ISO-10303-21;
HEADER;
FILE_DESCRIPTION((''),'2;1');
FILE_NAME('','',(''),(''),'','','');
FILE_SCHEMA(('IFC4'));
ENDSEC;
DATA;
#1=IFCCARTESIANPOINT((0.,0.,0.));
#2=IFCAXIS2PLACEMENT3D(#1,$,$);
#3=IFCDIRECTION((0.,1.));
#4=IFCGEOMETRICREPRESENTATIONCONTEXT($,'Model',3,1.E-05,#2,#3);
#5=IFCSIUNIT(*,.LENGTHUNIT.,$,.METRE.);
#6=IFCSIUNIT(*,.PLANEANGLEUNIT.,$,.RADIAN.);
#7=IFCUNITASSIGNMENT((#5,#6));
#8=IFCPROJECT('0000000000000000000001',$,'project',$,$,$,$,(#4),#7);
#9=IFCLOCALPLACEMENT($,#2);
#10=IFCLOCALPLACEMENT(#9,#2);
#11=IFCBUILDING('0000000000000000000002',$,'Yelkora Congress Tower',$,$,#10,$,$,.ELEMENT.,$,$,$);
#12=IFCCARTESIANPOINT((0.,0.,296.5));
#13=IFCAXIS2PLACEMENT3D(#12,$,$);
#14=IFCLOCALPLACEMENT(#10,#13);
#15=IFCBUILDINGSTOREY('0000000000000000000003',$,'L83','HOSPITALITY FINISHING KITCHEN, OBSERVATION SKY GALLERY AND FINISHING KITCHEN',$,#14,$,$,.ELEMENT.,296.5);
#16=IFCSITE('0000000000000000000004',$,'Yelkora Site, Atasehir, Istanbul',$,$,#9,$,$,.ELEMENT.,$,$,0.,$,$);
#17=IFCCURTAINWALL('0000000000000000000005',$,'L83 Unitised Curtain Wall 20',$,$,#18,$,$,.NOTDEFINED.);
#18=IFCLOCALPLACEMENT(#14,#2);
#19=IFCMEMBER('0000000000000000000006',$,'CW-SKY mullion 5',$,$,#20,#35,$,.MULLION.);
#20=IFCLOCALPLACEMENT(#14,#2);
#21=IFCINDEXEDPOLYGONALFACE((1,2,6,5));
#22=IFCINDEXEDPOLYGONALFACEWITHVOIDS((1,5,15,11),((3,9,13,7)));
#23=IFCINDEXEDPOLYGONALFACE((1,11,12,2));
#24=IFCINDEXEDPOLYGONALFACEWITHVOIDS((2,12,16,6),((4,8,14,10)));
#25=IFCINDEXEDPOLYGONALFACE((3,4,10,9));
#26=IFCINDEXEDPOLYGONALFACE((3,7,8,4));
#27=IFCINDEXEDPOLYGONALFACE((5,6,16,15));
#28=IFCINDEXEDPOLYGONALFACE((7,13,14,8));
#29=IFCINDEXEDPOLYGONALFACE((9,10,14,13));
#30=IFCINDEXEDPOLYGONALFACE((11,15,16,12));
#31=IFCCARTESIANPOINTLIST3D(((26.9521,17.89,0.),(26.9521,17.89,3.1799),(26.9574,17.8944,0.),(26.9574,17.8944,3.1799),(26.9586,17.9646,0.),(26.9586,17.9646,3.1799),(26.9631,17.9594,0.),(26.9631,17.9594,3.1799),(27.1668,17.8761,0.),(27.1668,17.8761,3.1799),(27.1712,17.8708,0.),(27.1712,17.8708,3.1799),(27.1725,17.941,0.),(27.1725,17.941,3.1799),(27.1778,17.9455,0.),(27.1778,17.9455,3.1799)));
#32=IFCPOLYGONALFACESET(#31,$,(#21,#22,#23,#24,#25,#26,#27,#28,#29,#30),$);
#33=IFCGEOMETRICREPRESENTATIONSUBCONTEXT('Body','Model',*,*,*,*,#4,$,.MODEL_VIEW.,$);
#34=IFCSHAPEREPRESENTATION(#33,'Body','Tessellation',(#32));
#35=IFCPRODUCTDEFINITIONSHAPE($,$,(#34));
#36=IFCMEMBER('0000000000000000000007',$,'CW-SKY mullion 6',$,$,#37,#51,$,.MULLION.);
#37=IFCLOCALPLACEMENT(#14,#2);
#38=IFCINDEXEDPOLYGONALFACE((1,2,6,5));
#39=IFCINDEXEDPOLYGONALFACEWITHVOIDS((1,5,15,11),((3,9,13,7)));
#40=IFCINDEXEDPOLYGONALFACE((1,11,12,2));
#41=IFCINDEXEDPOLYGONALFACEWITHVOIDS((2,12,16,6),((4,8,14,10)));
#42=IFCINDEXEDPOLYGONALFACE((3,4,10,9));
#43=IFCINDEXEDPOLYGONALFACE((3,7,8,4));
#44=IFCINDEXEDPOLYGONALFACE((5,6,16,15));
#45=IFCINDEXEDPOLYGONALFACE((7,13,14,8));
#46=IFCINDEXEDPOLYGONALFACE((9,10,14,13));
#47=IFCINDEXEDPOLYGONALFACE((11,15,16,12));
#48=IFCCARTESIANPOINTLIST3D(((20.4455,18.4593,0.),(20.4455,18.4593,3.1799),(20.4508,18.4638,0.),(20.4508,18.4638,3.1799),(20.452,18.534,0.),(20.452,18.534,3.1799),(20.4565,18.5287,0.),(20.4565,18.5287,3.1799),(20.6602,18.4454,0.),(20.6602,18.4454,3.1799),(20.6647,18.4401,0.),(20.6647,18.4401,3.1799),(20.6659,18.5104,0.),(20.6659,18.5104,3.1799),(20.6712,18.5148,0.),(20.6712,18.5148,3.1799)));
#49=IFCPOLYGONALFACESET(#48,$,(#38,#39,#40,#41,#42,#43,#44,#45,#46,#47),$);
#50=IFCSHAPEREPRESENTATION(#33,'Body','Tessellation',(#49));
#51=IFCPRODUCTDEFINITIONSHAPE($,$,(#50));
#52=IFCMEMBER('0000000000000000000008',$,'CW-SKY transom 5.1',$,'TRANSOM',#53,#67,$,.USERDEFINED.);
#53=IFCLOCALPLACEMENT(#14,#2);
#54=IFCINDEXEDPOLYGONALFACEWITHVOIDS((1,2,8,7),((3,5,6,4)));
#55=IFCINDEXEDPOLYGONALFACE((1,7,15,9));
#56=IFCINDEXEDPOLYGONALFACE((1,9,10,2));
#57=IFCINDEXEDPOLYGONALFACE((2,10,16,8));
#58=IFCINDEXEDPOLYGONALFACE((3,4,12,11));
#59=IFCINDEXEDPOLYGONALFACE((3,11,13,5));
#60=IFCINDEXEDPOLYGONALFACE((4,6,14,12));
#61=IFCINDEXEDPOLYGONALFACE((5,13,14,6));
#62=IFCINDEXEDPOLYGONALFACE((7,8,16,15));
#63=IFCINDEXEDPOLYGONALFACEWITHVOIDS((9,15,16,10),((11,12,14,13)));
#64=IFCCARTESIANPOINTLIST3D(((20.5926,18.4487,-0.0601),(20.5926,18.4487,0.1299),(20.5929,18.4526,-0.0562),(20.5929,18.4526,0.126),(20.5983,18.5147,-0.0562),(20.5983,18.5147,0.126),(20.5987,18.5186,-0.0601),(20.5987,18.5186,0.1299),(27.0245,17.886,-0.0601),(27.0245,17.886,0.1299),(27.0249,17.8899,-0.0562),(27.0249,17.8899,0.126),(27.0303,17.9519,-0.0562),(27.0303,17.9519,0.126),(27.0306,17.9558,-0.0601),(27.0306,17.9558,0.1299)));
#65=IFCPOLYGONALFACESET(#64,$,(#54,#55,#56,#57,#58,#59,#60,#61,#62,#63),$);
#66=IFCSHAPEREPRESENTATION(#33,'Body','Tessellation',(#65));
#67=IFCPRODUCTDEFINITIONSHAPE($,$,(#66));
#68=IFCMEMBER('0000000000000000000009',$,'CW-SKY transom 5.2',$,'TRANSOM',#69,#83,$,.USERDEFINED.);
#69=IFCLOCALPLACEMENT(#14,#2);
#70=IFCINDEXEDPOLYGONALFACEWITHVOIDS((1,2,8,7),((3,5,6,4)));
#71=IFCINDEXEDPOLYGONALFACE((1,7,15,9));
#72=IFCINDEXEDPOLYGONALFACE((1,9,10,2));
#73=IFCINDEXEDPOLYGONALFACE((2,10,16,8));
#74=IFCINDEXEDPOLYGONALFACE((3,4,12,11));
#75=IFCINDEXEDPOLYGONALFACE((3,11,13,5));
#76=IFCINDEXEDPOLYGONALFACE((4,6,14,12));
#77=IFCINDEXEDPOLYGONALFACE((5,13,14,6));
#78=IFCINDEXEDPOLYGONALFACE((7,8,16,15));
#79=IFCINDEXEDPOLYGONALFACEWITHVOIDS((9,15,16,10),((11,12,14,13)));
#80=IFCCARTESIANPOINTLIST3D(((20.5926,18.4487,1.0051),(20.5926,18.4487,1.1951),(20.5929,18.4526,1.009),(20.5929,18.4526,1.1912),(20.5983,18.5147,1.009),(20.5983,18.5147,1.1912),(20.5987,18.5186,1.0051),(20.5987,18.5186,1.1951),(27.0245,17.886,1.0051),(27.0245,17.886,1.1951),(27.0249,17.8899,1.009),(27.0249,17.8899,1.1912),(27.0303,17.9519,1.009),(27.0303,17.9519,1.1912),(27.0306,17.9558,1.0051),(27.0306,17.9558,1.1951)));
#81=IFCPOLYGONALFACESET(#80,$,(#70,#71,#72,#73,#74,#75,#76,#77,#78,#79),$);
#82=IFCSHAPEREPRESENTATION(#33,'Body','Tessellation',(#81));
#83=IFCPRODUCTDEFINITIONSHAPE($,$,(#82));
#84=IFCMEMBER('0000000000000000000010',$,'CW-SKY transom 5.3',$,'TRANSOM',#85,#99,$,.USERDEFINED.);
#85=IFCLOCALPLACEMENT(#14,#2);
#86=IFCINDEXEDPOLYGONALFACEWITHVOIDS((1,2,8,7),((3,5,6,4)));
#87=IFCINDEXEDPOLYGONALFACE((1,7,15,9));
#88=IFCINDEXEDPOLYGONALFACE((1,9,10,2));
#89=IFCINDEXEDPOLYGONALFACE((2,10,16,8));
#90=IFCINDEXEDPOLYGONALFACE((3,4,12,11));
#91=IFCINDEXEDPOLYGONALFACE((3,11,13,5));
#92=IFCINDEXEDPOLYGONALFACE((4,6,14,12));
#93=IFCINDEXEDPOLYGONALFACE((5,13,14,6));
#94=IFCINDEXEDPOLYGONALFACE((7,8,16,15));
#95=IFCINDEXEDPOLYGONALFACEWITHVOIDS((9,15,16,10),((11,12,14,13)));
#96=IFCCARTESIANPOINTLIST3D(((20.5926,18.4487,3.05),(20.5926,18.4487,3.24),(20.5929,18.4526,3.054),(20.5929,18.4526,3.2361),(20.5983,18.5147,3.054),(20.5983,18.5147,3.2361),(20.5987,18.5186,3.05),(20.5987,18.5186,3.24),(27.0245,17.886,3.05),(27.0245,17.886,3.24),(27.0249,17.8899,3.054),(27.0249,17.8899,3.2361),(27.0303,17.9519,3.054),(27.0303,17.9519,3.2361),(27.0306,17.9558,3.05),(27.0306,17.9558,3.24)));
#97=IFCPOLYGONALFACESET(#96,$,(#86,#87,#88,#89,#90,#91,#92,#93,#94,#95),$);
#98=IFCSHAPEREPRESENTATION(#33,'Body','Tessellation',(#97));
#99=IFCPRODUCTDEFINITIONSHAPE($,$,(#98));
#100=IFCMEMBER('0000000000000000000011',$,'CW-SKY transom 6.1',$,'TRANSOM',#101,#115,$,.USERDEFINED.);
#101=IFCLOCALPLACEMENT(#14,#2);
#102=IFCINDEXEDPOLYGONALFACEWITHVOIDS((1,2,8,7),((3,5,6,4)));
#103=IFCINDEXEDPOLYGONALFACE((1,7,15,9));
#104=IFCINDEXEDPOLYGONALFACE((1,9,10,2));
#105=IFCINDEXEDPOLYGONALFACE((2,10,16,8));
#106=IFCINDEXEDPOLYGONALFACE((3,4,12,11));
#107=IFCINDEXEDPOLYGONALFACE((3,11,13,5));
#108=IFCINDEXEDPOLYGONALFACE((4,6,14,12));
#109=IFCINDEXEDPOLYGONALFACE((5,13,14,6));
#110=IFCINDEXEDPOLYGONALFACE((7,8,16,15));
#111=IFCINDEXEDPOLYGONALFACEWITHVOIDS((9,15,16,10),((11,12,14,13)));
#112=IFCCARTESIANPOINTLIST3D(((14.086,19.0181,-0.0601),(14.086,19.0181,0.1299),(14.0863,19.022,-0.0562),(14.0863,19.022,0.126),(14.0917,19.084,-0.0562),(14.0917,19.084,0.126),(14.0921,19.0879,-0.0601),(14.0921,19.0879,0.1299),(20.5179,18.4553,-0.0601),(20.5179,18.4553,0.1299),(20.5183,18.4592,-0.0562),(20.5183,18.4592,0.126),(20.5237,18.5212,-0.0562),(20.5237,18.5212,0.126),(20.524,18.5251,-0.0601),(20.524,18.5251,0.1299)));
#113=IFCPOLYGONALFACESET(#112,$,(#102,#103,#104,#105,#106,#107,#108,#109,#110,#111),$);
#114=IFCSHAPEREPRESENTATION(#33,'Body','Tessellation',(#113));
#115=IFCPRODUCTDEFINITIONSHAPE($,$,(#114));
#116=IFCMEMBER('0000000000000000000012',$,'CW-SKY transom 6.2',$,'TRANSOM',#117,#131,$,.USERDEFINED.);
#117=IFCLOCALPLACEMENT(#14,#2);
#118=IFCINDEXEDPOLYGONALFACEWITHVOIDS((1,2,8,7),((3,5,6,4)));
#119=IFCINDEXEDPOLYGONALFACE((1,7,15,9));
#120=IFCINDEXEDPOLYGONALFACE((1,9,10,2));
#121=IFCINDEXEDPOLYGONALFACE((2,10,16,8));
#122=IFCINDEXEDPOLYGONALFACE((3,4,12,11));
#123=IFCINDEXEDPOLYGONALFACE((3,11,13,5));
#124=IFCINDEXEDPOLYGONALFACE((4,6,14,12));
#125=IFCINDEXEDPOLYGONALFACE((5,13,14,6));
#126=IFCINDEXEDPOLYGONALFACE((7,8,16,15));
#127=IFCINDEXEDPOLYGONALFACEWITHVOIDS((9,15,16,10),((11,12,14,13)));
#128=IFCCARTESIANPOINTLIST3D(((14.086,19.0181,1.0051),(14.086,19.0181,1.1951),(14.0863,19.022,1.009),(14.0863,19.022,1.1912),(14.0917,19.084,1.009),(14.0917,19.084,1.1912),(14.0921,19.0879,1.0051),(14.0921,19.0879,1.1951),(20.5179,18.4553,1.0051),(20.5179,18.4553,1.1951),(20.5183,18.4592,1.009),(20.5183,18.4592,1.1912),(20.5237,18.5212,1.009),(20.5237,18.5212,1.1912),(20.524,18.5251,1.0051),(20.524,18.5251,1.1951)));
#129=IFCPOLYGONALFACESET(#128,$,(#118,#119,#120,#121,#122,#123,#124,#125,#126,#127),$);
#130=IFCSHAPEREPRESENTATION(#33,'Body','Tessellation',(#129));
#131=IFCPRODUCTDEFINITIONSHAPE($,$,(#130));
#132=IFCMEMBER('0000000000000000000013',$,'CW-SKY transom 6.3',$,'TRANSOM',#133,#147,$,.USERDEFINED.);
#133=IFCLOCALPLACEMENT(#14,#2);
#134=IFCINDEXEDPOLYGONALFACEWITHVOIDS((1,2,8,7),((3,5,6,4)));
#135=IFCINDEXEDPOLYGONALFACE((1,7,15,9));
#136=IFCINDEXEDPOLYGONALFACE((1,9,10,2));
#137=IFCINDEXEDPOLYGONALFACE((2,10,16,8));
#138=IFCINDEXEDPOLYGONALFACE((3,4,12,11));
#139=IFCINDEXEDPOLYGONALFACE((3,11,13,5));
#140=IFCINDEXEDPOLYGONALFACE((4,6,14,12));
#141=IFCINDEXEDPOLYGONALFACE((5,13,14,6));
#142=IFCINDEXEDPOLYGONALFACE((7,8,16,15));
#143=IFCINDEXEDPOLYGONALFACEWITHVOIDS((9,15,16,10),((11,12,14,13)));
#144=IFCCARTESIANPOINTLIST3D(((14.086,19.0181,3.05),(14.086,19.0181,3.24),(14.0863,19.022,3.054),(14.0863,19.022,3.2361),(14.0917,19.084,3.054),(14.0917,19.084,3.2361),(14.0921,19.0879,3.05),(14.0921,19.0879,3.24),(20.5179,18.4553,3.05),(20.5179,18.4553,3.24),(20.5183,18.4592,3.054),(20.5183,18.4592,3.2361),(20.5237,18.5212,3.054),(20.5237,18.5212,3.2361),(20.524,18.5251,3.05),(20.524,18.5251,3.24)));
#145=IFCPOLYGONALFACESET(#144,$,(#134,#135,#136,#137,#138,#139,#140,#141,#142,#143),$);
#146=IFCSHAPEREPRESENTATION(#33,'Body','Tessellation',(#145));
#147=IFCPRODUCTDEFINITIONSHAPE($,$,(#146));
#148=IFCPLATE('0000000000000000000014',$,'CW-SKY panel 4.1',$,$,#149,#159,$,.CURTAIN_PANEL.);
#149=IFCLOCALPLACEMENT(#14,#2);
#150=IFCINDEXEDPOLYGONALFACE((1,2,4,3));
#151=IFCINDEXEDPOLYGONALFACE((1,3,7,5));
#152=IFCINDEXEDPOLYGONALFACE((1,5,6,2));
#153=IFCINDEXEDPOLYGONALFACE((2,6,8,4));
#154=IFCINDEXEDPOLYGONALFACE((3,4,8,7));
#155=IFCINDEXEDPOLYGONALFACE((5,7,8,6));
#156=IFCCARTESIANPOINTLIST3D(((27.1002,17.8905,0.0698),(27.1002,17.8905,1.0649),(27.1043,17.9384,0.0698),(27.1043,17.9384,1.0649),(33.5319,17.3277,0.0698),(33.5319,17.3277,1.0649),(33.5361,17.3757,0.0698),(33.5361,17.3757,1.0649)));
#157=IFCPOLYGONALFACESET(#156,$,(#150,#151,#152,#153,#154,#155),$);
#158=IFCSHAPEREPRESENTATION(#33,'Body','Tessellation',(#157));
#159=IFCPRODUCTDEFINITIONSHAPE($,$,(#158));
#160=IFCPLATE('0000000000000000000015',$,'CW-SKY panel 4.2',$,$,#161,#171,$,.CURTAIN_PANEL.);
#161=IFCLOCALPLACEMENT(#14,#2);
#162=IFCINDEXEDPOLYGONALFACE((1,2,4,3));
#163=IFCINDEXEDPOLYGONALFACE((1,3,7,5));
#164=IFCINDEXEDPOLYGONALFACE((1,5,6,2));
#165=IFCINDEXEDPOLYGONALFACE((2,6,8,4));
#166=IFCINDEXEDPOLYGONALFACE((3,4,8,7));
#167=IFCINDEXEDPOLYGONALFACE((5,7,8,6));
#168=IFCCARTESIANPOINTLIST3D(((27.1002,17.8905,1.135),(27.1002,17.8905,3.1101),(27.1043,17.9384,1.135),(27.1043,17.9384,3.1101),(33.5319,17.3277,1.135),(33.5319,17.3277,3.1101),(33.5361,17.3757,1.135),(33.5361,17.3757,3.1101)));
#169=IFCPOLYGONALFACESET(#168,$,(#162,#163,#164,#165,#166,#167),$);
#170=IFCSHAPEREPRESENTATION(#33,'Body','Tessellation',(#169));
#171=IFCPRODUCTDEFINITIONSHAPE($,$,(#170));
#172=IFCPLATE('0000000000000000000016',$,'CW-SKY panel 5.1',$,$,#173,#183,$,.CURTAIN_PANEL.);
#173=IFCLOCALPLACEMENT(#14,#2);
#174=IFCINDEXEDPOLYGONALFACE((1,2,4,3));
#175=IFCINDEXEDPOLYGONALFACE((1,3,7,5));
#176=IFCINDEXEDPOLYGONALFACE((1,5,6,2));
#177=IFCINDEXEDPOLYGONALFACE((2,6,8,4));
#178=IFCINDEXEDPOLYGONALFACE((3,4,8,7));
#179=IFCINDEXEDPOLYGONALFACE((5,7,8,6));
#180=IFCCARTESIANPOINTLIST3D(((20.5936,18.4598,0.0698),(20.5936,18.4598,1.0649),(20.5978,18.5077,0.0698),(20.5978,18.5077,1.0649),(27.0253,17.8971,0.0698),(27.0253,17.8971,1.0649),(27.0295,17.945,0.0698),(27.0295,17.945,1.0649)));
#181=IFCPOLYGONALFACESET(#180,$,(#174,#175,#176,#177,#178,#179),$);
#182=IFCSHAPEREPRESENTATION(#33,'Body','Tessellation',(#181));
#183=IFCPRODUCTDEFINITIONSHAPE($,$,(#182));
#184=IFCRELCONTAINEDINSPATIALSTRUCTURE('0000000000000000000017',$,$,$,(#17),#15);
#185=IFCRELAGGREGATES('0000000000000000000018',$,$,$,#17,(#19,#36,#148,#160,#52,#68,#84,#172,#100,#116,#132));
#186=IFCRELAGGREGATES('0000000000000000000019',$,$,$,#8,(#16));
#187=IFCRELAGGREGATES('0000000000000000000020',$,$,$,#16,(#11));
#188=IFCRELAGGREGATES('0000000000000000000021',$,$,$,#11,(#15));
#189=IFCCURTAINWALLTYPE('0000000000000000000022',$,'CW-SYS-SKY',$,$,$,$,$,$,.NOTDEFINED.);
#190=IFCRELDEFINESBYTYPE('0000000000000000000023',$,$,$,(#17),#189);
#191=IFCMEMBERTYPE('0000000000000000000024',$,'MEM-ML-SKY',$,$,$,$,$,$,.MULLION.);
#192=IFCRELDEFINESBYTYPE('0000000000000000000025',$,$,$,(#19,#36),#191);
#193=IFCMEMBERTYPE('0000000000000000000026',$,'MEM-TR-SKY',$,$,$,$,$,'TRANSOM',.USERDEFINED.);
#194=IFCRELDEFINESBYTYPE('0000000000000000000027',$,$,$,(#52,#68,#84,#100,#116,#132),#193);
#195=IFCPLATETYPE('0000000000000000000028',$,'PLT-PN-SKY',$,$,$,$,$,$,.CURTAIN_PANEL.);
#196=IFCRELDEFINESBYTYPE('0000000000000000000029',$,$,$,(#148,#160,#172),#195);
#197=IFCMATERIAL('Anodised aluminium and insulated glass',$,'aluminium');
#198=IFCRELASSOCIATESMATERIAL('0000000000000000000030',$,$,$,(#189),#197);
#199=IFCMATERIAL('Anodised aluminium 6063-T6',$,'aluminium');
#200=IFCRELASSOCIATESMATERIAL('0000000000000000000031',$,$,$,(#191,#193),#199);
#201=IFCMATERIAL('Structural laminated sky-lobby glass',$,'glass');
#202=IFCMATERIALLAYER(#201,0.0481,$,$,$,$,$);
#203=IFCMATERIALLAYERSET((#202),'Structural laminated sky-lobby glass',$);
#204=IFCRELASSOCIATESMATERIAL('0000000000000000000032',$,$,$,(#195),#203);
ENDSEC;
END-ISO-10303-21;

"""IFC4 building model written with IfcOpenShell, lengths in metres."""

from ifc_helpers import new_model, si_unit, direction, frame, origin, origin_2d, place, context, subcontext, project, spatial, rectangle, hollow_rectangle, extrude, material, layer, layer_set, material_profile, profile_set, type_object, element, aggregate, save


model = new_model("IFC4")

# Units and contexts
model_context = context("Model", 3, precision=1e-05, world=origin(), true_north=direction((0.0, 1.0)))
body_context = subcontext(model_context, "Body", "Model", "MODEL_VIEW")
ifc_project = project(units=[si_unit("LENGTHUNIT", "METRE"), si_unit("PLANEANGLEUNIT", "RADIAN")], contexts=[model_context])

# Site, building, storey
site_placement = place(None, origin())
site = spatial("IfcSite", under=ifc_project, at=site_placement, Name="Yelkora Site, Atasehir, Istanbul", CompositionType="ELEMENT", RefElevation=0.0)
building_placement = place(site_placement, origin())
building = spatial("IfcBuilding", under=site, at=building_placement, Name="Yelkora Congress Tower", CompositionType="ELEMENT")
storey_placement = place(building_placement, frame((0.0, 0.0, 296.5)))
storey = spatial("IfcBuildingStorey", under=building, at=storey_placement, Name="L83", Description="HOSPITALITY FINISHING KITCHEN, OBSERVATION SKY GALLERY AND FINISHING KITCHEN", CompositionType="ELEMENT", Elevation=296.5)

# Curtain wall, members, plates
ifc_material_1 = material(Name="Anodised aluminium and insulated glass", Category="aluminium")
curtain_wall_type = type_object("IfcCurtainWallType", Name="CW-SYS-SKY", PredefinedType="NOTDEFINED", material=ifc_material_1)
curtain_wall_placement = place(storey_placement, origin())
curtain_wall = element("IfcCurtainWall", 1, at=curtain_wall_placement, inside=storey, type_object=curtain_wall_type, Name="L83 Unitised Curtain Wall 20", PredefinedType="NOTDEFINED")
ifc_material_2 = material(Name="Anodised aluminium 6063-T6", Category="aluminium")
ifc_material_profile_1 = material_profile(ifc_material_2, hollow_rectangle(XDim=0.075, YDim=0.22, WallThickness=0.0049, at=origin_2d()), Name="ALU 75x220x5")
ifc_profile_set_1 = profile_set([ifc_material_profile_1], Name="Anodised aluminium 6063-T6")
member_type_1 = type_object("IfcMemberType", Name="MEM-ML-SKY", PredefinedType="MULLION", material=ifc_profile_set_1)
member_1_placement = place(storey_placement, frame((27.0649, 17.9177, 0.0), z_axis=(0.0, 0.0, 1.0), x_axis=(-0.087157, -0.996195, 0.0)))
member_1 = element("IfcMember", 2, at=member_1_placement, type_object=member_type_1, Name="CW-SKY mullion 5", PredefinedType="MULLION", context=body_context, shape_type="SweptSolid", body=[
    extrude(hollow_rectangle(XDim=0.075, YDim=0.22, WallThickness=0.0049, at=origin_2d()), origin(), (0.0, 0.0, 1.0), 3.1799),
])
member_2_placement = place(storey_placement, frame((20.5583, 18.4871, 0.0), z_axis=(0.0, 0.0, 1.0), x_axis=(-0.087157, -0.996195, 0.0)))
member_2 = element("IfcMember", 3, at=member_2_placement, type_object=member_type_1, Name="CW-SKY mullion 6", PredefinedType="MULLION", context=body_context, shape_type="SweptSolid", body=[
    extrude(hollow_rectangle(XDim=0.075, YDim=0.22, WallThickness=0.0049, at=origin_2d()), origin(), (0.0, 0.0, 1.0), 3.1799),
])
ifc_material_profile_2 = material_profile(ifc_material_2, hollow_rectangle(XDim=0.0701, YDim=0.1899, WallThickness=0.0039, at=origin_2d()), Name="ALU 70x190x4")
ifc_profile_set_2 = profile_set([ifc_material_profile_2], Name="Anodised aluminium 6063-T6")
member_type_2 = type_object("IfcMemberType", Name="MEM-TR-SKY", ElementType="TRANSOM", PredefinedType="USERDEFINED", material=ifc_profile_set_2)
member_3_placement = place(storey_placement, frame((27.0276, 17.9209, 0.0349), z_axis=(-0.996194, 0.08716, 0.0), x_axis=(-0.08716, -0.996194, 0.0)))
member_3 = element("IfcMember", 4, at=member_3_placement, type_object=member_type_2, Name="CW-SKY transom 5.1", ObjectType="TRANSOM", PredefinedType="USERDEFINED", context=body_context, shape_type="SweptSolid", body=[
    extrude(hollow_rectangle(XDim=0.0701, YDim=0.1899, WallThickness=0.0039, at=origin_2d()), origin(), (0.0, 0.0, 1.0), 6.4565),
])
member_4_placement = place(storey_placement, frame((27.0276, 17.9209, 1.1001), z_axis=(-0.996194, 0.08716, 0.0), x_axis=(-0.08716, -0.996194, 0.0)))
member_4 = element("IfcMember", 5, at=member_4_placement, type_object=member_type_2, Name="CW-SKY transom 5.2", ObjectType="TRANSOM", PredefinedType="USERDEFINED", context=body_context, shape_type="SweptSolid", body=[
    extrude(hollow_rectangle(XDim=0.0701, YDim=0.1899, WallThickness=0.0039, at=origin_2d()), origin(), (0.0, 0.0, 1.0), 6.4565),
])
member_5_placement = place(storey_placement, frame((27.0276, 17.9209, 3.145), z_axis=(-0.996194, 0.08716, 0.0), x_axis=(-0.08716, -0.996194, 0.0)))
member_5 = element("IfcMember", 6, at=member_5_placement, type_object=member_type_2, Name="CW-SKY transom 5.3", ObjectType="TRANSOM", PredefinedType="USERDEFINED", context=body_context, shape_type="SweptSolid", body=[
    extrude(hollow_rectangle(XDim=0.0701, YDim=0.1899, WallThickness=0.0039, at=origin_2d()), origin(), (0.0, 0.0, 1.0), 6.4565),
])
member_6_placement = place(storey_placement, frame((20.521, 18.4902, 0.0349), z_axis=(-0.996194, 0.08716, 0.0), x_axis=(-0.08716, -0.996194, 0.0)))
member_6 = element("IfcMember", 7, at=member_6_placement, type_object=member_type_2, Name="CW-SKY transom 6.1", ObjectType="TRANSOM", PredefinedType="USERDEFINED", context=body_context, shape_type="SweptSolid", body=[
    extrude(hollow_rectangle(XDim=0.0701, YDim=0.1899, WallThickness=0.0039, at=origin_2d()), origin(), (0.0, 0.0, 1.0), 6.4565),
])
member_7_placement = place(storey_placement, frame((20.521, 18.4902, 1.1001), z_axis=(-0.996194, 0.08716, 0.0), x_axis=(-0.08716, -0.996194, 0.0)))
member_7 = element("IfcMember", 8, at=member_7_placement, type_object=member_type_2, Name="CW-SKY transom 6.2", ObjectType="TRANSOM", PredefinedType="USERDEFINED", context=body_context, shape_type="SweptSolid", body=[
    extrude(hollow_rectangle(XDim=0.0701, YDim=0.1899, WallThickness=0.0039, at=origin_2d()), origin(), (0.0, 0.0, 1.0), 6.4565),
])
member_8_placement = place(storey_placement, frame((20.521, 18.4902, 3.145), z_axis=(-0.996194, 0.08716, 0.0), x_axis=(-0.08716, -0.996194, 0.0)))
member_8 = element("IfcMember", 9, at=member_8_placement, type_object=member_type_2, Name="CW-SKY transom 6.3", ObjectType="TRANSOM", PredefinedType="USERDEFINED", context=body_context, shape_type="SweptSolid", body=[
    extrude(hollow_rectangle(XDim=0.0701, YDim=0.1899, WallThickness=0.0039, at=origin_2d()), origin(), (0.0, 0.0, 1.0), 6.4565),
])
ifc_material_3 = material(Name="Structural laminated sky-lobby glass", Category="glass")
ifc_layer_1 = layer(ifc_material_3, 0.0481)
ifc_layer_set_1 = layer_set([ifc_layer_1], Name="Structural laminated sky-lobby glass")
plate_type = type_object("IfcPlateType", Name="PLT-PN-SKY", PredefinedType="CURTAIN_PANEL", material=ifc_layer_set_1)
plate_1_placement = place(storey_placement, frame((30.3181, 17.6331, 0.0698), z_axis=(0.0, 0.0, 1.0), x_axis=(-0.996195, 0.087157, 0.0)))
plate_1 = element("IfcPlate", 10, at=plate_1_placement, type_object=plate_type, Name="CW-SKY panel 4.1", PredefinedType="CURTAIN_PANEL", context=body_context, shape_type="SweptSolid", body=[
    extrude(rectangle(XDim=6.4563, YDim=0.0481, at=origin_2d()), origin(), (0.0, 0.0, 1.0), 0.9951),
])
plate_2_placement = place(storey_placement, frame((30.3181, 17.6331, 1.135), z_axis=(0.0, 0.0, 1.0), x_axis=(-0.996195, 0.087157, 0.0)))
plate_2 = element("IfcPlate", 11, at=plate_2_placement, type_object=plate_type, Name="CW-SKY panel 4.2", PredefinedType="CURTAIN_PANEL", context=body_context, shape_type="SweptSolid", body=[
    extrude(rectangle(XDim=6.4563, YDim=0.0481, at=origin_2d()), origin(), (0.0, 0.0, 1.0), 1.9751),
])
plate_3_placement = place(storey_placement, frame((23.8115, 18.2024, 0.0698), z_axis=(0.0, 0.0, 1.0), x_axis=(-0.996195, 0.087157, 0.0)))
plate_3 = element("IfcPlate", 12, at=plate_3_placement, type_object=plate_type, Name="CW-SKY panel 5.1", PredefinedType="CURTAIN_PANEL", context=body_context, shape_type="SweptSolid", body=[
    extrude(rectangle(XDim=6.4563, YDim=0.0481, at=origin_2d()), origin(), (0.0, 0.0, 1.0), 0.9951),
])
aggregate(curtain_wall, [member_1, member_2, plate_1, plate_2, member_3, member_4, member_5, plate_3, member_6, member_7, member_8])

save(model, "model.ifc")
